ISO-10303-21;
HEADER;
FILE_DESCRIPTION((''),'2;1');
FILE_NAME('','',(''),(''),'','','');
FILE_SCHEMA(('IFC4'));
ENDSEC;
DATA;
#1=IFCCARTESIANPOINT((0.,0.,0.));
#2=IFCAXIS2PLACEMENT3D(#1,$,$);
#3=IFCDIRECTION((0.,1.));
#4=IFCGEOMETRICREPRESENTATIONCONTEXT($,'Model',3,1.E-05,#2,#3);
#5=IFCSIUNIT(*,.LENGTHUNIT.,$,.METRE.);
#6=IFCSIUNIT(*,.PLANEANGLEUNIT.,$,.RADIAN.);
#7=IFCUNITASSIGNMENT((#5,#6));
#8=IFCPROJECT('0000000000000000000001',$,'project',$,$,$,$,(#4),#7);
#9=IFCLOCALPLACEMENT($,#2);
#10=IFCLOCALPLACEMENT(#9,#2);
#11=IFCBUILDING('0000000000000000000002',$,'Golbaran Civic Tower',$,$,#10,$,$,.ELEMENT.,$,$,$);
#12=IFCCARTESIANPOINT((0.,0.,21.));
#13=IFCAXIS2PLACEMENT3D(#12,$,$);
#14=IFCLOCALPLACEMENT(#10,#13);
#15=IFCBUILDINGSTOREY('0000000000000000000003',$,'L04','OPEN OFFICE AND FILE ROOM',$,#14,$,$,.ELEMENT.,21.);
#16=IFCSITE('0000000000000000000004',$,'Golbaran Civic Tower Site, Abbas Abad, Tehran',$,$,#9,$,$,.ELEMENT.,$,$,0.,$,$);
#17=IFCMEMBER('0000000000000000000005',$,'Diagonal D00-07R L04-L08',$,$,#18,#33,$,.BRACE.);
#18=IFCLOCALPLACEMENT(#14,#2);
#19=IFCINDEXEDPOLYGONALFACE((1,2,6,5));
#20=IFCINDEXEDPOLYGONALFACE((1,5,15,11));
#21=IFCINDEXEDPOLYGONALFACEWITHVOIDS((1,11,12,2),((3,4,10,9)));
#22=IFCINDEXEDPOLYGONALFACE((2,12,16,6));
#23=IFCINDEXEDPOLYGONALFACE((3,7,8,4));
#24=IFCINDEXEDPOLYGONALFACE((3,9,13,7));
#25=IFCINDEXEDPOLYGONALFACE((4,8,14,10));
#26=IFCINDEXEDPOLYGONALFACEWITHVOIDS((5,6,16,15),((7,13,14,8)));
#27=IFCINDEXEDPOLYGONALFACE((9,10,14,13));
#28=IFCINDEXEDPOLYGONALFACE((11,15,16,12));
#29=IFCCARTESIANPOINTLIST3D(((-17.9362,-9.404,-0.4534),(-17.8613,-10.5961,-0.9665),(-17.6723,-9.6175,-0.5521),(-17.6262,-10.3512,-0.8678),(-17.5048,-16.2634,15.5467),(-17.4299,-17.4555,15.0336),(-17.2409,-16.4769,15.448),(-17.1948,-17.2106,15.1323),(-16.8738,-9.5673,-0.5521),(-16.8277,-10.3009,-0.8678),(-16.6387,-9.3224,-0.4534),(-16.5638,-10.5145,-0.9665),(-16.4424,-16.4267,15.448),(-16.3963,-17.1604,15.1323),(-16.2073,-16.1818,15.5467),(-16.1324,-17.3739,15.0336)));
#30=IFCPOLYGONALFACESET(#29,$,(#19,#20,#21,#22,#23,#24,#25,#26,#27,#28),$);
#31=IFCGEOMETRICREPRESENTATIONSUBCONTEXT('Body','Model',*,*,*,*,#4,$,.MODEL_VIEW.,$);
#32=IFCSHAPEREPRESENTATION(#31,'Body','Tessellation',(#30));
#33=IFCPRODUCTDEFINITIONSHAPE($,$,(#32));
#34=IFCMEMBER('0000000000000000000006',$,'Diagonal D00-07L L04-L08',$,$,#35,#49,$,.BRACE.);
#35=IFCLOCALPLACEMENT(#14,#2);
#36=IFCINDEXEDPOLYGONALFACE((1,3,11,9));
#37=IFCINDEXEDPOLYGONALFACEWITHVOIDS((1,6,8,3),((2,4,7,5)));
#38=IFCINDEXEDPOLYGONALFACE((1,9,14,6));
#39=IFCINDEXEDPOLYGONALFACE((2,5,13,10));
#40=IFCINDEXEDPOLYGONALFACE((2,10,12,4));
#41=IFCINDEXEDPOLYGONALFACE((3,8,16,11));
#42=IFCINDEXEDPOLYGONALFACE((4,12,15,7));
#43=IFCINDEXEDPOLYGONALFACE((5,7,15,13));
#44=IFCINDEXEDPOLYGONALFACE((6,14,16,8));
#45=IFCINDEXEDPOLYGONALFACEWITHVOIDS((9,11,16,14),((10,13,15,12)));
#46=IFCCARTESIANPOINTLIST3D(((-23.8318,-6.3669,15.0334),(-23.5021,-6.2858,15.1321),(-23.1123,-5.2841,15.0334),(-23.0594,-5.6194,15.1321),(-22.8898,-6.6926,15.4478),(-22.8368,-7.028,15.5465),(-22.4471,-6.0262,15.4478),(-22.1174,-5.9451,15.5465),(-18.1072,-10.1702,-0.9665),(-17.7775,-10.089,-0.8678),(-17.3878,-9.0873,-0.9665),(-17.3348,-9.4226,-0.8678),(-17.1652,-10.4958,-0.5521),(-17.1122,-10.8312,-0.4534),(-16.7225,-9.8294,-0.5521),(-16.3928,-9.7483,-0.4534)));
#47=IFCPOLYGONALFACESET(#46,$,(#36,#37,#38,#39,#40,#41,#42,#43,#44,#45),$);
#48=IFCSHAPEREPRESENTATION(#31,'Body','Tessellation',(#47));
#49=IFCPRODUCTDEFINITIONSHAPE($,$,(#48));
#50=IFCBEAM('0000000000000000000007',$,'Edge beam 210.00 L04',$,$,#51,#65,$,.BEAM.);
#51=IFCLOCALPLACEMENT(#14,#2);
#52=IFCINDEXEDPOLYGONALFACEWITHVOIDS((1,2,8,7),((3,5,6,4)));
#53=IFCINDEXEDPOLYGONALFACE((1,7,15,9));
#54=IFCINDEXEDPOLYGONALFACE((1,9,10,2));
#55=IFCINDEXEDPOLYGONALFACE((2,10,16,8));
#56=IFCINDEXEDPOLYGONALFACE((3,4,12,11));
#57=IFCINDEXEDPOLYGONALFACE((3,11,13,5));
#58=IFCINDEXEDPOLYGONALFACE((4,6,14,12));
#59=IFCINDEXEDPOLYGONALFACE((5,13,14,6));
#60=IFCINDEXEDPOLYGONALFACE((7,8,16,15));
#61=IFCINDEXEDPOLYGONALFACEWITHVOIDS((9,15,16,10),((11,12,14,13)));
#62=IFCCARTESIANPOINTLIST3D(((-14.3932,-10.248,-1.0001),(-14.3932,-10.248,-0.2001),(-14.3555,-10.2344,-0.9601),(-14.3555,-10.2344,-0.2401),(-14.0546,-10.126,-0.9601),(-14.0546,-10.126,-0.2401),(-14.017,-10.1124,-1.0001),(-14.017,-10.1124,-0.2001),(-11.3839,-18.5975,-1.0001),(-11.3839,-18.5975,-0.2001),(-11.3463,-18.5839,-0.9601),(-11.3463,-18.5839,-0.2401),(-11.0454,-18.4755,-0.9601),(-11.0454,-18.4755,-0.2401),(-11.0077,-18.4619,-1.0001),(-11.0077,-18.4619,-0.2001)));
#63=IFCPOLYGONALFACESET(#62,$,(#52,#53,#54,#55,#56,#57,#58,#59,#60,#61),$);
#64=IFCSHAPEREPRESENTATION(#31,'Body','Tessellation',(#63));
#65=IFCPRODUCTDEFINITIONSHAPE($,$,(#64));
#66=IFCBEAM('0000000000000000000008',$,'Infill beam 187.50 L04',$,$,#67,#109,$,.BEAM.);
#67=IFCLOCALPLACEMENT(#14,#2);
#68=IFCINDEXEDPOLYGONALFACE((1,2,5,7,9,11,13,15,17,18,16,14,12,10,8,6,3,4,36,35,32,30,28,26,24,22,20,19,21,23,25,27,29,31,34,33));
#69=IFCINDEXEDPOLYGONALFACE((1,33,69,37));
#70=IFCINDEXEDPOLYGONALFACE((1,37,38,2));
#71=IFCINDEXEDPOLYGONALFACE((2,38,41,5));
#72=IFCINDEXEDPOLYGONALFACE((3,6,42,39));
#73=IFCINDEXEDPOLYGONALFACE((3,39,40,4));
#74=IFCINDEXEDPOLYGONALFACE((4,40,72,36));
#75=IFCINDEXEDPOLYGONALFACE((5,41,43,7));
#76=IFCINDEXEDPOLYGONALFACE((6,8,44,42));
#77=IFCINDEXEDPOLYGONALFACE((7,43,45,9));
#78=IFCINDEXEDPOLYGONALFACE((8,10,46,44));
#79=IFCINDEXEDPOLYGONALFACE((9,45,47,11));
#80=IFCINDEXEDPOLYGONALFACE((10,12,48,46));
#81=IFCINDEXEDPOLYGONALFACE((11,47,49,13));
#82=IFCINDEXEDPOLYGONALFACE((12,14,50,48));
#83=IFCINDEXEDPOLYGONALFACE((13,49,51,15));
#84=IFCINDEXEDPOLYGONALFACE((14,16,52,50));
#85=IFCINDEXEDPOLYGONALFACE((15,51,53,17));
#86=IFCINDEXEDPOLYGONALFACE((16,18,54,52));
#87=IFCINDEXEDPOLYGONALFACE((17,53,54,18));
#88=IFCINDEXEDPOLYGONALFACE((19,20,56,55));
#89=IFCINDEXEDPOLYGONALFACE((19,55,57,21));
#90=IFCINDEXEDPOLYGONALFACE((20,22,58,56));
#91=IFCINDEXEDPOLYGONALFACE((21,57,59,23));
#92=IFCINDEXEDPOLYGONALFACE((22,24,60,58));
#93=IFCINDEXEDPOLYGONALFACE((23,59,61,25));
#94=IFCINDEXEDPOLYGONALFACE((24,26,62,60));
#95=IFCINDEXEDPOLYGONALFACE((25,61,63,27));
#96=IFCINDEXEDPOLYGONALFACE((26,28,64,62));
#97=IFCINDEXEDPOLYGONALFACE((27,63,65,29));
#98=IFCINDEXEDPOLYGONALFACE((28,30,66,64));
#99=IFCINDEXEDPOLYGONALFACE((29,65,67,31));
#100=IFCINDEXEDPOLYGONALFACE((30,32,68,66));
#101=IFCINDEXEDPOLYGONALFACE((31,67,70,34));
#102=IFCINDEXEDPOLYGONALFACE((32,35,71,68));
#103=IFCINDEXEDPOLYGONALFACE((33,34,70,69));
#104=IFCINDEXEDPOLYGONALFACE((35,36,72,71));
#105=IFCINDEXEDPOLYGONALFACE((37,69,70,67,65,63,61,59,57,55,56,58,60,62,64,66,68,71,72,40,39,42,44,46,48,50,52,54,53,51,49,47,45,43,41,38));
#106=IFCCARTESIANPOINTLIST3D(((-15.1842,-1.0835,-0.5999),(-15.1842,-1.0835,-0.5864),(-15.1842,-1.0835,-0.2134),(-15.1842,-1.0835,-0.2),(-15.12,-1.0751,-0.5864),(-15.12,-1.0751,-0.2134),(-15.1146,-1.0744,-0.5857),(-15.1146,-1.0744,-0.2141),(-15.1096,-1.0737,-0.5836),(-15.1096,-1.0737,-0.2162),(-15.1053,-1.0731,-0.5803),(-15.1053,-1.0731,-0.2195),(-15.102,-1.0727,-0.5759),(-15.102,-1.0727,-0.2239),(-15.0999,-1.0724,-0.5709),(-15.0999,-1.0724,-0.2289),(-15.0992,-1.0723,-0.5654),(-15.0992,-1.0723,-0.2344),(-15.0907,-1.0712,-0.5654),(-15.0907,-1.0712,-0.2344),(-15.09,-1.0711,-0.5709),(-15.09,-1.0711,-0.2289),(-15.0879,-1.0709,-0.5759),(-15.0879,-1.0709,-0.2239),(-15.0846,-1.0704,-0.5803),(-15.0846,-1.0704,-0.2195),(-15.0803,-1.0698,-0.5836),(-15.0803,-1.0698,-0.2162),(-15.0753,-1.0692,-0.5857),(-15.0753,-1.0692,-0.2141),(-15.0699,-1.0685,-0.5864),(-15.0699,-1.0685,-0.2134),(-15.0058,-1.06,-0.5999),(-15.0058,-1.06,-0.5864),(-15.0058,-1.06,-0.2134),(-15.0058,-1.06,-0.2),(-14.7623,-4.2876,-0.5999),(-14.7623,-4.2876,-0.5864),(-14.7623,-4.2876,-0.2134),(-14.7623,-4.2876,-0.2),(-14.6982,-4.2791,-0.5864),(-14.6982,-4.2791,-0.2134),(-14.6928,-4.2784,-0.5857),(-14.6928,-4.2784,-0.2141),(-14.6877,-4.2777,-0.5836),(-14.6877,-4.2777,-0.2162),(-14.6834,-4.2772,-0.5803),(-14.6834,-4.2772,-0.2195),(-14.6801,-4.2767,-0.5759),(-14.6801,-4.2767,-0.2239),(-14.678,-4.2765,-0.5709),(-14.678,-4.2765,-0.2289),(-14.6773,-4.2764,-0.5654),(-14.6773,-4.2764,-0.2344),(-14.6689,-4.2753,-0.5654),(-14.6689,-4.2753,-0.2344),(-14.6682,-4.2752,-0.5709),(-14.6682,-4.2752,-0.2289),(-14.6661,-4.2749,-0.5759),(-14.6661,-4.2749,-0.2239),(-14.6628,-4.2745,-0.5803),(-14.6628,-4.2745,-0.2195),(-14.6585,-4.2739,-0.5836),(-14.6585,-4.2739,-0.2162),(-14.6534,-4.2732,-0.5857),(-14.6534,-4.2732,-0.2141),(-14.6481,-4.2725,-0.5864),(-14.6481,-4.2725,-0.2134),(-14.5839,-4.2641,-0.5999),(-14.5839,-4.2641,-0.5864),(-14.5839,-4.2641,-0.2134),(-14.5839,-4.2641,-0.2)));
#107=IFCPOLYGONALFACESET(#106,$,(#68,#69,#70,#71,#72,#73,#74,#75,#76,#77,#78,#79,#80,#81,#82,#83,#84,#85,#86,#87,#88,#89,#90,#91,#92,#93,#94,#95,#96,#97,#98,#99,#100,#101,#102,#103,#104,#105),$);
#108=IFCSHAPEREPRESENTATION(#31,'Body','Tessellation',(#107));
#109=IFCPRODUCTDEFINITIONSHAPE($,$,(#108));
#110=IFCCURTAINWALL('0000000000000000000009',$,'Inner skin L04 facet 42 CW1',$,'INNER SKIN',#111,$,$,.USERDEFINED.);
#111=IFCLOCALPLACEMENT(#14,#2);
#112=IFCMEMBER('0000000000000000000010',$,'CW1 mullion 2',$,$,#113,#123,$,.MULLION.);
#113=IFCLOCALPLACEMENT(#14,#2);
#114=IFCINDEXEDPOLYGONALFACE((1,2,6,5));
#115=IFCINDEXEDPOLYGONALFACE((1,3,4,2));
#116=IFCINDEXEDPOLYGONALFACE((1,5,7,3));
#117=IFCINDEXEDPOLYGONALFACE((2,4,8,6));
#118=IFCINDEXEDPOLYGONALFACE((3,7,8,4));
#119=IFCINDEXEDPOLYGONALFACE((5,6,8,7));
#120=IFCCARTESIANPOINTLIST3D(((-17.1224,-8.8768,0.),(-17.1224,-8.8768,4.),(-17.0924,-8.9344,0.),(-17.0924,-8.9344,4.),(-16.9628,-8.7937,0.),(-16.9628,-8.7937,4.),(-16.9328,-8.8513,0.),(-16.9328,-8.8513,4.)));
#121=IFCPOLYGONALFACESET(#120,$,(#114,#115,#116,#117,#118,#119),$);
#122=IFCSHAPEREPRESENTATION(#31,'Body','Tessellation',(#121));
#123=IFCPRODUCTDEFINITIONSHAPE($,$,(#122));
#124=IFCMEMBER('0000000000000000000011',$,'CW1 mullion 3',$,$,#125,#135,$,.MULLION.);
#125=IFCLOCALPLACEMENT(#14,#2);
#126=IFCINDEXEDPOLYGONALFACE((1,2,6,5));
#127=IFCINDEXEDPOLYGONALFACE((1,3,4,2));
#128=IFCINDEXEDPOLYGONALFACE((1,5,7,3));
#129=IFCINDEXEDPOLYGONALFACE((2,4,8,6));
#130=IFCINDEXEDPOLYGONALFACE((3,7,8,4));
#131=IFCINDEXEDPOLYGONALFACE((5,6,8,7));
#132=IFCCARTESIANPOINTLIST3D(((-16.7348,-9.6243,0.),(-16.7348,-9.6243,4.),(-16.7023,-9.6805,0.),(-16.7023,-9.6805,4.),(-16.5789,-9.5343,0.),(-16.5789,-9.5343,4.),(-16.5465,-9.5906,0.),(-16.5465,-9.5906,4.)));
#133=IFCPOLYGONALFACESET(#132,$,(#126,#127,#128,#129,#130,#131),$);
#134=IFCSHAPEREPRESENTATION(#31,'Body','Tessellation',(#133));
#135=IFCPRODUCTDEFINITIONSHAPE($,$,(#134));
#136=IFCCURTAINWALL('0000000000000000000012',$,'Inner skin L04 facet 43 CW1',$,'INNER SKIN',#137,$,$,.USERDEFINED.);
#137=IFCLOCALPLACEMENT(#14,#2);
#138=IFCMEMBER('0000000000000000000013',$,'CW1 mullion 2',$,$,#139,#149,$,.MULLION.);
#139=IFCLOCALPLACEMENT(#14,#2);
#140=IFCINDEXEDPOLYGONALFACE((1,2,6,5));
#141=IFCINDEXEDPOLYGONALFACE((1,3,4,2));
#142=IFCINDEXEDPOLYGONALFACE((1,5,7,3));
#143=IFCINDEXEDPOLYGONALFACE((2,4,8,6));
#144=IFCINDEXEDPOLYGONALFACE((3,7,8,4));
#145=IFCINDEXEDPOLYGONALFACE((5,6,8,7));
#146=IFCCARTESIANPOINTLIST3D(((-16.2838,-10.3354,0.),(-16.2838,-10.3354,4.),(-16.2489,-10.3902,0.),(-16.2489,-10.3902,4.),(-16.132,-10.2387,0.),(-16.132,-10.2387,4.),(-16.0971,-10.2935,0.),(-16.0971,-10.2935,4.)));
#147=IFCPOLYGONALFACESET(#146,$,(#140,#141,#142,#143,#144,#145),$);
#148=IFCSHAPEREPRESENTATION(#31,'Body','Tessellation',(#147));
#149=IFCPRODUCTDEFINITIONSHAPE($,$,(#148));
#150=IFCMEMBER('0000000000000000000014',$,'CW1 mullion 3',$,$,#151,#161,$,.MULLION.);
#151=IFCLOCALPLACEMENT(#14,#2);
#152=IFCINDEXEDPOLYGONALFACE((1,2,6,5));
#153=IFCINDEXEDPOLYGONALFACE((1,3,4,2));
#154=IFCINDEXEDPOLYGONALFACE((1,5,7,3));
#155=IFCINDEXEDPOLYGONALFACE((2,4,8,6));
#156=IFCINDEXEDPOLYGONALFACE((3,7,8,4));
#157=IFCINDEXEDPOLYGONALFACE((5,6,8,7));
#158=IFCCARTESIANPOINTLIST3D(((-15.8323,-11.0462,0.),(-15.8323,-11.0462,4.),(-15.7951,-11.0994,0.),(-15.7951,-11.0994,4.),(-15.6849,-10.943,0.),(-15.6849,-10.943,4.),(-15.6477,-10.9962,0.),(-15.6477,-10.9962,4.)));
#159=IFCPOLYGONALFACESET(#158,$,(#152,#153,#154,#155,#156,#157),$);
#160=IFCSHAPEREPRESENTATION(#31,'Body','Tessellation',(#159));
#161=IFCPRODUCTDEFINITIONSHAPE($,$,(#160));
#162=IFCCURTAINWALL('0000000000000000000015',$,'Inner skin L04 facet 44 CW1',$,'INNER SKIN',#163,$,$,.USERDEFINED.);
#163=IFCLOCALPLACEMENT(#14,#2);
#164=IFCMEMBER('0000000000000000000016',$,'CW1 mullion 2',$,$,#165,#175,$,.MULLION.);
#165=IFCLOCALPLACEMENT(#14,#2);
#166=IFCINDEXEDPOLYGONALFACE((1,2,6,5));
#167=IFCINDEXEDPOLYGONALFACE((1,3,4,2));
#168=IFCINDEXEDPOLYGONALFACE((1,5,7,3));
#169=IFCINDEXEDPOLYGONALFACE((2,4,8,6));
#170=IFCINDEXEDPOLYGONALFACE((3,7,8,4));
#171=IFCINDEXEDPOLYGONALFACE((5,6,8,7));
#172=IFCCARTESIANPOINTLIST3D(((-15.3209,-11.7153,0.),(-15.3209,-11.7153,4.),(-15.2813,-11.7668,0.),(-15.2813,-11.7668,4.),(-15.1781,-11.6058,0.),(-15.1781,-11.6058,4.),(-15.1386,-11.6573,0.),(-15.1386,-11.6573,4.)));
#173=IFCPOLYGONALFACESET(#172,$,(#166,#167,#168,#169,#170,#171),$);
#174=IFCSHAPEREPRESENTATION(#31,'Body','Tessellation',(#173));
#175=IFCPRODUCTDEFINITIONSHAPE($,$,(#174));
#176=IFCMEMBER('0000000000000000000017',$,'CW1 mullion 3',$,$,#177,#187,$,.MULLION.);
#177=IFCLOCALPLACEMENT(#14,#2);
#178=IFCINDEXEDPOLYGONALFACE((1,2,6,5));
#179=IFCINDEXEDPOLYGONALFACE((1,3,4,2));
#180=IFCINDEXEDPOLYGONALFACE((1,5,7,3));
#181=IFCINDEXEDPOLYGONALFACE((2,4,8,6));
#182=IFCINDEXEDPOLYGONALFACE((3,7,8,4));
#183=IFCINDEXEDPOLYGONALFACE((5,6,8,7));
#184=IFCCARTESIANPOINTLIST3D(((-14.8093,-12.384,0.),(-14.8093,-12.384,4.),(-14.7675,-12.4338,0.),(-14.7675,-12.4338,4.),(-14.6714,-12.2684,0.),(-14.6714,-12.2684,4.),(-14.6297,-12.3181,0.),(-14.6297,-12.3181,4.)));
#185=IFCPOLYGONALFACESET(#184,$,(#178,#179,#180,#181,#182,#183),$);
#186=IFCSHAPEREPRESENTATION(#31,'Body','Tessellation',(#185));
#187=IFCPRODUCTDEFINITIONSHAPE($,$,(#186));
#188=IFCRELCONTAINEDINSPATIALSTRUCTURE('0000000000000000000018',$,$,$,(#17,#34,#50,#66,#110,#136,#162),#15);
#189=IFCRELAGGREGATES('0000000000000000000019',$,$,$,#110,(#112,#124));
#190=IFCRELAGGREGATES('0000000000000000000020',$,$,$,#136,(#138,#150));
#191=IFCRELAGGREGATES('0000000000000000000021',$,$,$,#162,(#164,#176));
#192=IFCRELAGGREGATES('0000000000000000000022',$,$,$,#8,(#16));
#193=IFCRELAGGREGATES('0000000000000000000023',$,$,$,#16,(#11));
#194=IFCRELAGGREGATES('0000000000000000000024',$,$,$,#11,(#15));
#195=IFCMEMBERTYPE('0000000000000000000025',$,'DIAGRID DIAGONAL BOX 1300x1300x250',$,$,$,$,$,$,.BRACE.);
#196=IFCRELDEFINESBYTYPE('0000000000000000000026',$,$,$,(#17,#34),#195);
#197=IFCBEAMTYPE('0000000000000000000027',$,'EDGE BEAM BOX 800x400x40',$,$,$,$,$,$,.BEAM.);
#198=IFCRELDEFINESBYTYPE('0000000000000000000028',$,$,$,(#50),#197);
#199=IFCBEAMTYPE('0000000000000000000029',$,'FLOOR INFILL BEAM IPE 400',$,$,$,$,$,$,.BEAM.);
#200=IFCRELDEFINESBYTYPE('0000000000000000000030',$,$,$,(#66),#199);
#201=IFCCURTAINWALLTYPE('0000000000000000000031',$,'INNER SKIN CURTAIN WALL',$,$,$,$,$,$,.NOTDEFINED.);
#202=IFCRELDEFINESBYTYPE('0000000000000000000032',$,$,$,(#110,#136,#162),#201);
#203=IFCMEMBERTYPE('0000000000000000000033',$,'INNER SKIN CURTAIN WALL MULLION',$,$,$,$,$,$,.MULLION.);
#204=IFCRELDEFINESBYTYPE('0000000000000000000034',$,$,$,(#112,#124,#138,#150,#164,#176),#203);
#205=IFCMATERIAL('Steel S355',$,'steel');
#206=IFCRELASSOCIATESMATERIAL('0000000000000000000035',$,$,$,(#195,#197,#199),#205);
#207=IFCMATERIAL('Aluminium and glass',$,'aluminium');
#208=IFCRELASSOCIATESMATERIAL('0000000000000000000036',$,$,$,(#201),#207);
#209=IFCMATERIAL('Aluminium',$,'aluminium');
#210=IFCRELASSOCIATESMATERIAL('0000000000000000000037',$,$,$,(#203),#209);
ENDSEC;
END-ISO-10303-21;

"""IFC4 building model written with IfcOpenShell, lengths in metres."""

from ifc_helpers import new_model, si_unit, direction, frame, origin, origin_2d, place, context, subcontext, project, spatial, rectangle, hollow_rectangle, i_section, extrude, material, material_profile, profile_set, type_object, element, aggregate, save


model = new_model("IFC4")

# Units and contexts
model_context = context("Model", 3, precision=1e-05, world=origin(), true_north=direction((0.0, 1.0)))
body_context = subcontext(model_context, "Body", "Model", "MODEL_VIEW")
ifc_project = project(units=[si_unit("LENGTHUNIT", "METRE"), si_unit("PLANEANGLEUNIT", "RADIAN")], contexts=[model_context])

# Site, building, storey
site_placement = place(None, origin())
site = spatial("IfcSite", under=ifc_project, at=site_placement, Name="Golbaran Civic Tower Site, Abbas Abad, Tehran", CompositionType="ELEMENT", RefElevation=0.0)
building_placement = place(site_placement, origin())
building = spatial("IfcBuilding", under=site, at=building_placement, Name="Golbaran Civic Tower", CompositionType="ELEMENT")
storey_placement = place(building_placement, frame((0.0, 0.0, 21.0)))
storey = spatial("IfcBuildingStorey", under=building, at=storey_placement, Name="L04", Description="OPEN OFFICE AND FILE ROOM", CompositionType="ELEMENT", Elevation=21.0)

# Members
ifc_material_1 = material(Name="Steel S355", Category="steel")
ifc_material_profile_1 = material_profile(ifc_material_1, hollow_rectangle(XDim=1.3, YDim=1.3, WallThickness=0.25, at=origin_2d()), Name="BOX 1300x1300x250")
ifc_profile_set_1 = profile_set([ifc_material_profile_1], Name="Steel S355")
member_type_1 = type_object("IfcMemberType", Name="DIAGRID DIAGONAL BOX 1300x1300x250", PredefinedType="BRACE", material=ifc_profile_set_1)
member_1_placement = place(storey_placement, frame((-17.25, -9.9592, -0.71), z_axis=(0.024773, -0.393907, 0.918817), x_axis=(0.998028, 0.062768, 0.0)))
element("IfcMember", 1, at=member_1_placement, inside=storey, type_object=member_type_1, Name="Diagonal D00-07R L04-L08", PredefinedType="BRACE", context=body_context, shape_type="SweptSolid", body=[
    extrude(hollow_rectangle(XDim=1.3, YDim=1.3, WallThickness=0.25, at=origin_2d()), origin(), (0.0, 0.0, 1.0), 17.4138),
])
member_2_placement = place(storey_placement, frame((-17.25, -9.9592, -0.71), z_axis=(-0.328742, 0.218405, 0.918819), x_axis=(-0.553371, -0.832935, 0.0)))
element("IfcMember", 2, at=member_2_placement, inside=storey, type_object=member_type_1, Name="Diagonal D00-07L L04-L08", PredefinedType="BRACE", context=body_context, shape_type="SweptSolid", body=[
    extrude(hollow_rectangle(XDim=1.3, YDim=1.3, WallThickness=0.25, at=origin_2d()), origin(), (0.0, 0.0, 1.0), 17.4136),
])

# Beams
ifc_material_profile_2 = material_profile(ifc_material_1, hollow_rectangle(XDim=0.3999, YDim=0.8, WallThickness=0.04, at=origin_2d()), Name="BOX 800x400x40")
ifc_profile_set_2 = profile_set([ifc_material_profile_2], Name="Steel S355")
beam_type_1 = type_object("IfcBeamType", Name="EDGE BEAM BOX 800x400x40", PredefinedType="BEAM", material=ifc_profile_set_2)
beam_1_placement = place(storey_placement, frame((-14.2051, -10.1802, -0.6001), z_axis=(0.33906, -0.940765, 0.0), x_axis=(0.940765, 0.33906, 0.0)))
element("IfcBeam", 3, at=beam_1_placement, inside=storey, type_object=beam_type_1, Name="Edge beam 210.00 L04", PredefinedType="BEAM", context=body_context, shape_type="SweptSolid", body=[
    extrude(hollow_rectangle(XDim=0.3999, YDim=0.8, WallThickness=0.04, at=origin_2d()), origin(), (0.0, 0.0, 1.0), 8.8752),
])
ifc_material_profile_3 = material_profile(ifc_material_1, i_section(OverallWidth=0.1799, OverallDepth=0.3999, WebThickness=0.0085, FlangeThickness=0.0134, FilletRadius=0.021, at=origin_2d()), Name="IPE 400")
ifc_profile_set_3 = profile_set([ifc_material_profile_3], Name="Steel S355")
beam_type_2 = type_object("IfcBeamType", Name="FLOOR INFILL BEAM IPE 400", PredefinedType="BEAM", material=ifc_profile_set_3)
beam_2_placement = place(storey_placement, frame((-15.095, -1.0718, -0.3999), z_axis=(0.13054, -0.991443, 0.0), x_axis=(0.991443, 0.13054, 0.0)))
element("IfcBeam", 4, at=beam_2_placement, inside=storey, type_object=beam_type_2, Name="Infill beam 187.50 L04", PredefinedType="BEAM", context=body_context, shape_type="SweptSolid", body=[
    extrude(i_section(OverallWidth=0.1799, OverallDepth=0.3999, WebThickness=0.0085, FlangeThickness=0.0134, FilletRadius=0.021, at=origin_2d()), origin(), (0.0, 0.0, 1.0), 3.2317),
])

# Curtain walls, members
ifc_material_2 = material(Name="Aluminium and glass", Category="aluminium")
curtain_wall_type = type_object("IfcCurtainWallType", Name="INNER SKIN CURTAIN WALL", PredefinedType="NOTDEFINED", material=ifc_material_2)
curtain_wall_1_placement = place(storey_placement, origin())
curtain_wall_1 = element("IfcCurtainWall", 5, at=curtain_wall_1_placement, inside=storey, type_object=curtain_wall_type, Name="Inner skin L04 facet 42 CW1", ObjectType="INNER SKIN", PredefinedType="USERDEFINED")
ifc_material_3 = material(Name="Aluminium", Category="aluminium")
ifc_material_profile_4 = material_profile(ifc_material_3, rectangle(XDim=0.1799, YDim=0.0649, at=origin_2d()), Name="INNER SKIN CURTAIN WALL MULLION")
ifc_profile_set_4 = profile_set([ifc_material_profile_4], Name="Aluminium")
member_type_2 = type_object("IfcMemberType", Name="INNER SKIN CURTAIN WALL MULLION", PredefinedType="MULLION", material=ifc_profile_set_4)
member_3_placement = place(storey_placement, frame((-17.0276, -8.864, 0.0), z_axis=(0.0, 0.0, 1.0), x_axis=(0.887011, 0.461749, 0.0)))
member_3 = element("IfcMember", 6, at=member_3_placement, type_object=member_type_2, Name="CW1 mullion 2", PredefinedType="MULLION", context=body_context, shape_type="SweptSolid", body=[
    extrude(rectangle(XDim=0.1799, YDim=0.0649, at=origin_2d()), origin(), (0.0, 0.0, 1.0), 4.0),
])
member_4_placement = place(storey_placement, frame((-16.6406, -9.6074, 0.0), z_axis=(0.0, 0.0, 1.0), x_axis=(0.866025, 0.5, 0.0)))
member_4 = element("IfcMember", 7, at=member_4_placement, type_object=member_type_2, Name="CW1 mullion 3", PredefinedType="MULLION", context=body_context, shape_type="SweptSolid", body=[
    extrude(rectangle(XDim=0.1799, YDim=0.0649, at=origin_2d()), origin(), (0.0, 0.0, 1.0), 4.0),
])
curtain_wall_2_placement = place(storey_placement, origin())
curtain_wall_2 = element("IfcCurtainWall", 8, at=curtain_wall_2_placement, inside=storey, type_object=curtain_wall_type, Name="Inner skin L04 facet 43 CW1", ObjectType="INNER SKIN", PredefinedType="USERDEFINED")
member_5_placement = place(storey_placement, frame((-16.1904, -10.3145, 0.0), z_axis=(0.0, 0.0, 1.0), x_axis=(0.843391, 0.5373, 0.0)))
member_5 = element("IfcMember", 9, at=member_5_placement, type_object=member_type_2, Name="CW1 mullion 2", PredefinedType="MULLION", context=body_context, shape_type="SweptSolid", body=[
    extrude(rectangle(XDim=0.1799, YDim=0.0649, at=origin_2d()), origin(), (0.0, 0.0, 1.0), 4.0),
])
member_6_placement = place(storey_placement, frame((-15.74, -11.0212, 0.0), z_axis=(0.0, 0.0, 1.0), x_axis=(0.819152, 0.573576, 0.0)))
member_6 = element("IfcMember", 10, at=member_6_placement, type_object=member_type_2, Name="CW1 mullion 3", PredefinedType="MULLION", context=body_context, shape_type="SweptSolid", body=[
    extrude(rectangle(XDim=0.1799, YDim=0.0649, at=origin_2d()), origin(), (0.0, 0.0, 1.0), 4.0),
])
curtain_wall_3_placement = place(storey_placement, origin())
curtain_wall_3 = element("IfcCurtainWall", 11, at=curtain_wall_3_placement, inside=storey, type_object=curtain_wall_type, Name="Inner skin L04 facet 44 CW1", ObjectType="INNER SKIN", PredefinedType="USERDEFINED")
member_7_placement = place(storey_placement, frame((-15.2297, -11.6863, 0.0), z_axis=(0.0, 0.0, 1.0), x_axis=(0.793353, 0.608761, 0.0)))
member_7 = element("IfcMember", 12, at=member_7_placement, type_object=member_type_2, Name="CW1 mullion 2", PredefinedType="MULLION", context=body_context, shape_type="SweptSolid", body=[
    extrude(rectangle(XDim=0.1799, YDim=0.0649, at=origin_2d()), origin(), (0.0, 0.0, 1.0), 4.0),
])
member_8_placement = place(storey_placement, frame((-14.7195, -12.3511, 0.0), z_axis=(0.0, 0.0, 1.0), x_axis=(0.766044, 0.642788, 0.0)))
member_8 = element("IfcMember", 13, at=member_8_placement, type_object=member_type_2, Name="CW1 mullion 3", PredefinedType="MULLION", context=body_context, shape_type="SweptSolid", body=[
    extrude(rectangle(XDim=0.1799, YDim=0.0649, at=origin_2d()), origin(), (0.0, 0.0, 1.0), 4.0),
])

aggregate(curtain_wall_1, [member_3, member_4])
aggregate(curtain_wall_2, [member_5, member_6])
aggregate(curtain_wall_3, [member_7, member_8])

save(model, "model.ifc")
